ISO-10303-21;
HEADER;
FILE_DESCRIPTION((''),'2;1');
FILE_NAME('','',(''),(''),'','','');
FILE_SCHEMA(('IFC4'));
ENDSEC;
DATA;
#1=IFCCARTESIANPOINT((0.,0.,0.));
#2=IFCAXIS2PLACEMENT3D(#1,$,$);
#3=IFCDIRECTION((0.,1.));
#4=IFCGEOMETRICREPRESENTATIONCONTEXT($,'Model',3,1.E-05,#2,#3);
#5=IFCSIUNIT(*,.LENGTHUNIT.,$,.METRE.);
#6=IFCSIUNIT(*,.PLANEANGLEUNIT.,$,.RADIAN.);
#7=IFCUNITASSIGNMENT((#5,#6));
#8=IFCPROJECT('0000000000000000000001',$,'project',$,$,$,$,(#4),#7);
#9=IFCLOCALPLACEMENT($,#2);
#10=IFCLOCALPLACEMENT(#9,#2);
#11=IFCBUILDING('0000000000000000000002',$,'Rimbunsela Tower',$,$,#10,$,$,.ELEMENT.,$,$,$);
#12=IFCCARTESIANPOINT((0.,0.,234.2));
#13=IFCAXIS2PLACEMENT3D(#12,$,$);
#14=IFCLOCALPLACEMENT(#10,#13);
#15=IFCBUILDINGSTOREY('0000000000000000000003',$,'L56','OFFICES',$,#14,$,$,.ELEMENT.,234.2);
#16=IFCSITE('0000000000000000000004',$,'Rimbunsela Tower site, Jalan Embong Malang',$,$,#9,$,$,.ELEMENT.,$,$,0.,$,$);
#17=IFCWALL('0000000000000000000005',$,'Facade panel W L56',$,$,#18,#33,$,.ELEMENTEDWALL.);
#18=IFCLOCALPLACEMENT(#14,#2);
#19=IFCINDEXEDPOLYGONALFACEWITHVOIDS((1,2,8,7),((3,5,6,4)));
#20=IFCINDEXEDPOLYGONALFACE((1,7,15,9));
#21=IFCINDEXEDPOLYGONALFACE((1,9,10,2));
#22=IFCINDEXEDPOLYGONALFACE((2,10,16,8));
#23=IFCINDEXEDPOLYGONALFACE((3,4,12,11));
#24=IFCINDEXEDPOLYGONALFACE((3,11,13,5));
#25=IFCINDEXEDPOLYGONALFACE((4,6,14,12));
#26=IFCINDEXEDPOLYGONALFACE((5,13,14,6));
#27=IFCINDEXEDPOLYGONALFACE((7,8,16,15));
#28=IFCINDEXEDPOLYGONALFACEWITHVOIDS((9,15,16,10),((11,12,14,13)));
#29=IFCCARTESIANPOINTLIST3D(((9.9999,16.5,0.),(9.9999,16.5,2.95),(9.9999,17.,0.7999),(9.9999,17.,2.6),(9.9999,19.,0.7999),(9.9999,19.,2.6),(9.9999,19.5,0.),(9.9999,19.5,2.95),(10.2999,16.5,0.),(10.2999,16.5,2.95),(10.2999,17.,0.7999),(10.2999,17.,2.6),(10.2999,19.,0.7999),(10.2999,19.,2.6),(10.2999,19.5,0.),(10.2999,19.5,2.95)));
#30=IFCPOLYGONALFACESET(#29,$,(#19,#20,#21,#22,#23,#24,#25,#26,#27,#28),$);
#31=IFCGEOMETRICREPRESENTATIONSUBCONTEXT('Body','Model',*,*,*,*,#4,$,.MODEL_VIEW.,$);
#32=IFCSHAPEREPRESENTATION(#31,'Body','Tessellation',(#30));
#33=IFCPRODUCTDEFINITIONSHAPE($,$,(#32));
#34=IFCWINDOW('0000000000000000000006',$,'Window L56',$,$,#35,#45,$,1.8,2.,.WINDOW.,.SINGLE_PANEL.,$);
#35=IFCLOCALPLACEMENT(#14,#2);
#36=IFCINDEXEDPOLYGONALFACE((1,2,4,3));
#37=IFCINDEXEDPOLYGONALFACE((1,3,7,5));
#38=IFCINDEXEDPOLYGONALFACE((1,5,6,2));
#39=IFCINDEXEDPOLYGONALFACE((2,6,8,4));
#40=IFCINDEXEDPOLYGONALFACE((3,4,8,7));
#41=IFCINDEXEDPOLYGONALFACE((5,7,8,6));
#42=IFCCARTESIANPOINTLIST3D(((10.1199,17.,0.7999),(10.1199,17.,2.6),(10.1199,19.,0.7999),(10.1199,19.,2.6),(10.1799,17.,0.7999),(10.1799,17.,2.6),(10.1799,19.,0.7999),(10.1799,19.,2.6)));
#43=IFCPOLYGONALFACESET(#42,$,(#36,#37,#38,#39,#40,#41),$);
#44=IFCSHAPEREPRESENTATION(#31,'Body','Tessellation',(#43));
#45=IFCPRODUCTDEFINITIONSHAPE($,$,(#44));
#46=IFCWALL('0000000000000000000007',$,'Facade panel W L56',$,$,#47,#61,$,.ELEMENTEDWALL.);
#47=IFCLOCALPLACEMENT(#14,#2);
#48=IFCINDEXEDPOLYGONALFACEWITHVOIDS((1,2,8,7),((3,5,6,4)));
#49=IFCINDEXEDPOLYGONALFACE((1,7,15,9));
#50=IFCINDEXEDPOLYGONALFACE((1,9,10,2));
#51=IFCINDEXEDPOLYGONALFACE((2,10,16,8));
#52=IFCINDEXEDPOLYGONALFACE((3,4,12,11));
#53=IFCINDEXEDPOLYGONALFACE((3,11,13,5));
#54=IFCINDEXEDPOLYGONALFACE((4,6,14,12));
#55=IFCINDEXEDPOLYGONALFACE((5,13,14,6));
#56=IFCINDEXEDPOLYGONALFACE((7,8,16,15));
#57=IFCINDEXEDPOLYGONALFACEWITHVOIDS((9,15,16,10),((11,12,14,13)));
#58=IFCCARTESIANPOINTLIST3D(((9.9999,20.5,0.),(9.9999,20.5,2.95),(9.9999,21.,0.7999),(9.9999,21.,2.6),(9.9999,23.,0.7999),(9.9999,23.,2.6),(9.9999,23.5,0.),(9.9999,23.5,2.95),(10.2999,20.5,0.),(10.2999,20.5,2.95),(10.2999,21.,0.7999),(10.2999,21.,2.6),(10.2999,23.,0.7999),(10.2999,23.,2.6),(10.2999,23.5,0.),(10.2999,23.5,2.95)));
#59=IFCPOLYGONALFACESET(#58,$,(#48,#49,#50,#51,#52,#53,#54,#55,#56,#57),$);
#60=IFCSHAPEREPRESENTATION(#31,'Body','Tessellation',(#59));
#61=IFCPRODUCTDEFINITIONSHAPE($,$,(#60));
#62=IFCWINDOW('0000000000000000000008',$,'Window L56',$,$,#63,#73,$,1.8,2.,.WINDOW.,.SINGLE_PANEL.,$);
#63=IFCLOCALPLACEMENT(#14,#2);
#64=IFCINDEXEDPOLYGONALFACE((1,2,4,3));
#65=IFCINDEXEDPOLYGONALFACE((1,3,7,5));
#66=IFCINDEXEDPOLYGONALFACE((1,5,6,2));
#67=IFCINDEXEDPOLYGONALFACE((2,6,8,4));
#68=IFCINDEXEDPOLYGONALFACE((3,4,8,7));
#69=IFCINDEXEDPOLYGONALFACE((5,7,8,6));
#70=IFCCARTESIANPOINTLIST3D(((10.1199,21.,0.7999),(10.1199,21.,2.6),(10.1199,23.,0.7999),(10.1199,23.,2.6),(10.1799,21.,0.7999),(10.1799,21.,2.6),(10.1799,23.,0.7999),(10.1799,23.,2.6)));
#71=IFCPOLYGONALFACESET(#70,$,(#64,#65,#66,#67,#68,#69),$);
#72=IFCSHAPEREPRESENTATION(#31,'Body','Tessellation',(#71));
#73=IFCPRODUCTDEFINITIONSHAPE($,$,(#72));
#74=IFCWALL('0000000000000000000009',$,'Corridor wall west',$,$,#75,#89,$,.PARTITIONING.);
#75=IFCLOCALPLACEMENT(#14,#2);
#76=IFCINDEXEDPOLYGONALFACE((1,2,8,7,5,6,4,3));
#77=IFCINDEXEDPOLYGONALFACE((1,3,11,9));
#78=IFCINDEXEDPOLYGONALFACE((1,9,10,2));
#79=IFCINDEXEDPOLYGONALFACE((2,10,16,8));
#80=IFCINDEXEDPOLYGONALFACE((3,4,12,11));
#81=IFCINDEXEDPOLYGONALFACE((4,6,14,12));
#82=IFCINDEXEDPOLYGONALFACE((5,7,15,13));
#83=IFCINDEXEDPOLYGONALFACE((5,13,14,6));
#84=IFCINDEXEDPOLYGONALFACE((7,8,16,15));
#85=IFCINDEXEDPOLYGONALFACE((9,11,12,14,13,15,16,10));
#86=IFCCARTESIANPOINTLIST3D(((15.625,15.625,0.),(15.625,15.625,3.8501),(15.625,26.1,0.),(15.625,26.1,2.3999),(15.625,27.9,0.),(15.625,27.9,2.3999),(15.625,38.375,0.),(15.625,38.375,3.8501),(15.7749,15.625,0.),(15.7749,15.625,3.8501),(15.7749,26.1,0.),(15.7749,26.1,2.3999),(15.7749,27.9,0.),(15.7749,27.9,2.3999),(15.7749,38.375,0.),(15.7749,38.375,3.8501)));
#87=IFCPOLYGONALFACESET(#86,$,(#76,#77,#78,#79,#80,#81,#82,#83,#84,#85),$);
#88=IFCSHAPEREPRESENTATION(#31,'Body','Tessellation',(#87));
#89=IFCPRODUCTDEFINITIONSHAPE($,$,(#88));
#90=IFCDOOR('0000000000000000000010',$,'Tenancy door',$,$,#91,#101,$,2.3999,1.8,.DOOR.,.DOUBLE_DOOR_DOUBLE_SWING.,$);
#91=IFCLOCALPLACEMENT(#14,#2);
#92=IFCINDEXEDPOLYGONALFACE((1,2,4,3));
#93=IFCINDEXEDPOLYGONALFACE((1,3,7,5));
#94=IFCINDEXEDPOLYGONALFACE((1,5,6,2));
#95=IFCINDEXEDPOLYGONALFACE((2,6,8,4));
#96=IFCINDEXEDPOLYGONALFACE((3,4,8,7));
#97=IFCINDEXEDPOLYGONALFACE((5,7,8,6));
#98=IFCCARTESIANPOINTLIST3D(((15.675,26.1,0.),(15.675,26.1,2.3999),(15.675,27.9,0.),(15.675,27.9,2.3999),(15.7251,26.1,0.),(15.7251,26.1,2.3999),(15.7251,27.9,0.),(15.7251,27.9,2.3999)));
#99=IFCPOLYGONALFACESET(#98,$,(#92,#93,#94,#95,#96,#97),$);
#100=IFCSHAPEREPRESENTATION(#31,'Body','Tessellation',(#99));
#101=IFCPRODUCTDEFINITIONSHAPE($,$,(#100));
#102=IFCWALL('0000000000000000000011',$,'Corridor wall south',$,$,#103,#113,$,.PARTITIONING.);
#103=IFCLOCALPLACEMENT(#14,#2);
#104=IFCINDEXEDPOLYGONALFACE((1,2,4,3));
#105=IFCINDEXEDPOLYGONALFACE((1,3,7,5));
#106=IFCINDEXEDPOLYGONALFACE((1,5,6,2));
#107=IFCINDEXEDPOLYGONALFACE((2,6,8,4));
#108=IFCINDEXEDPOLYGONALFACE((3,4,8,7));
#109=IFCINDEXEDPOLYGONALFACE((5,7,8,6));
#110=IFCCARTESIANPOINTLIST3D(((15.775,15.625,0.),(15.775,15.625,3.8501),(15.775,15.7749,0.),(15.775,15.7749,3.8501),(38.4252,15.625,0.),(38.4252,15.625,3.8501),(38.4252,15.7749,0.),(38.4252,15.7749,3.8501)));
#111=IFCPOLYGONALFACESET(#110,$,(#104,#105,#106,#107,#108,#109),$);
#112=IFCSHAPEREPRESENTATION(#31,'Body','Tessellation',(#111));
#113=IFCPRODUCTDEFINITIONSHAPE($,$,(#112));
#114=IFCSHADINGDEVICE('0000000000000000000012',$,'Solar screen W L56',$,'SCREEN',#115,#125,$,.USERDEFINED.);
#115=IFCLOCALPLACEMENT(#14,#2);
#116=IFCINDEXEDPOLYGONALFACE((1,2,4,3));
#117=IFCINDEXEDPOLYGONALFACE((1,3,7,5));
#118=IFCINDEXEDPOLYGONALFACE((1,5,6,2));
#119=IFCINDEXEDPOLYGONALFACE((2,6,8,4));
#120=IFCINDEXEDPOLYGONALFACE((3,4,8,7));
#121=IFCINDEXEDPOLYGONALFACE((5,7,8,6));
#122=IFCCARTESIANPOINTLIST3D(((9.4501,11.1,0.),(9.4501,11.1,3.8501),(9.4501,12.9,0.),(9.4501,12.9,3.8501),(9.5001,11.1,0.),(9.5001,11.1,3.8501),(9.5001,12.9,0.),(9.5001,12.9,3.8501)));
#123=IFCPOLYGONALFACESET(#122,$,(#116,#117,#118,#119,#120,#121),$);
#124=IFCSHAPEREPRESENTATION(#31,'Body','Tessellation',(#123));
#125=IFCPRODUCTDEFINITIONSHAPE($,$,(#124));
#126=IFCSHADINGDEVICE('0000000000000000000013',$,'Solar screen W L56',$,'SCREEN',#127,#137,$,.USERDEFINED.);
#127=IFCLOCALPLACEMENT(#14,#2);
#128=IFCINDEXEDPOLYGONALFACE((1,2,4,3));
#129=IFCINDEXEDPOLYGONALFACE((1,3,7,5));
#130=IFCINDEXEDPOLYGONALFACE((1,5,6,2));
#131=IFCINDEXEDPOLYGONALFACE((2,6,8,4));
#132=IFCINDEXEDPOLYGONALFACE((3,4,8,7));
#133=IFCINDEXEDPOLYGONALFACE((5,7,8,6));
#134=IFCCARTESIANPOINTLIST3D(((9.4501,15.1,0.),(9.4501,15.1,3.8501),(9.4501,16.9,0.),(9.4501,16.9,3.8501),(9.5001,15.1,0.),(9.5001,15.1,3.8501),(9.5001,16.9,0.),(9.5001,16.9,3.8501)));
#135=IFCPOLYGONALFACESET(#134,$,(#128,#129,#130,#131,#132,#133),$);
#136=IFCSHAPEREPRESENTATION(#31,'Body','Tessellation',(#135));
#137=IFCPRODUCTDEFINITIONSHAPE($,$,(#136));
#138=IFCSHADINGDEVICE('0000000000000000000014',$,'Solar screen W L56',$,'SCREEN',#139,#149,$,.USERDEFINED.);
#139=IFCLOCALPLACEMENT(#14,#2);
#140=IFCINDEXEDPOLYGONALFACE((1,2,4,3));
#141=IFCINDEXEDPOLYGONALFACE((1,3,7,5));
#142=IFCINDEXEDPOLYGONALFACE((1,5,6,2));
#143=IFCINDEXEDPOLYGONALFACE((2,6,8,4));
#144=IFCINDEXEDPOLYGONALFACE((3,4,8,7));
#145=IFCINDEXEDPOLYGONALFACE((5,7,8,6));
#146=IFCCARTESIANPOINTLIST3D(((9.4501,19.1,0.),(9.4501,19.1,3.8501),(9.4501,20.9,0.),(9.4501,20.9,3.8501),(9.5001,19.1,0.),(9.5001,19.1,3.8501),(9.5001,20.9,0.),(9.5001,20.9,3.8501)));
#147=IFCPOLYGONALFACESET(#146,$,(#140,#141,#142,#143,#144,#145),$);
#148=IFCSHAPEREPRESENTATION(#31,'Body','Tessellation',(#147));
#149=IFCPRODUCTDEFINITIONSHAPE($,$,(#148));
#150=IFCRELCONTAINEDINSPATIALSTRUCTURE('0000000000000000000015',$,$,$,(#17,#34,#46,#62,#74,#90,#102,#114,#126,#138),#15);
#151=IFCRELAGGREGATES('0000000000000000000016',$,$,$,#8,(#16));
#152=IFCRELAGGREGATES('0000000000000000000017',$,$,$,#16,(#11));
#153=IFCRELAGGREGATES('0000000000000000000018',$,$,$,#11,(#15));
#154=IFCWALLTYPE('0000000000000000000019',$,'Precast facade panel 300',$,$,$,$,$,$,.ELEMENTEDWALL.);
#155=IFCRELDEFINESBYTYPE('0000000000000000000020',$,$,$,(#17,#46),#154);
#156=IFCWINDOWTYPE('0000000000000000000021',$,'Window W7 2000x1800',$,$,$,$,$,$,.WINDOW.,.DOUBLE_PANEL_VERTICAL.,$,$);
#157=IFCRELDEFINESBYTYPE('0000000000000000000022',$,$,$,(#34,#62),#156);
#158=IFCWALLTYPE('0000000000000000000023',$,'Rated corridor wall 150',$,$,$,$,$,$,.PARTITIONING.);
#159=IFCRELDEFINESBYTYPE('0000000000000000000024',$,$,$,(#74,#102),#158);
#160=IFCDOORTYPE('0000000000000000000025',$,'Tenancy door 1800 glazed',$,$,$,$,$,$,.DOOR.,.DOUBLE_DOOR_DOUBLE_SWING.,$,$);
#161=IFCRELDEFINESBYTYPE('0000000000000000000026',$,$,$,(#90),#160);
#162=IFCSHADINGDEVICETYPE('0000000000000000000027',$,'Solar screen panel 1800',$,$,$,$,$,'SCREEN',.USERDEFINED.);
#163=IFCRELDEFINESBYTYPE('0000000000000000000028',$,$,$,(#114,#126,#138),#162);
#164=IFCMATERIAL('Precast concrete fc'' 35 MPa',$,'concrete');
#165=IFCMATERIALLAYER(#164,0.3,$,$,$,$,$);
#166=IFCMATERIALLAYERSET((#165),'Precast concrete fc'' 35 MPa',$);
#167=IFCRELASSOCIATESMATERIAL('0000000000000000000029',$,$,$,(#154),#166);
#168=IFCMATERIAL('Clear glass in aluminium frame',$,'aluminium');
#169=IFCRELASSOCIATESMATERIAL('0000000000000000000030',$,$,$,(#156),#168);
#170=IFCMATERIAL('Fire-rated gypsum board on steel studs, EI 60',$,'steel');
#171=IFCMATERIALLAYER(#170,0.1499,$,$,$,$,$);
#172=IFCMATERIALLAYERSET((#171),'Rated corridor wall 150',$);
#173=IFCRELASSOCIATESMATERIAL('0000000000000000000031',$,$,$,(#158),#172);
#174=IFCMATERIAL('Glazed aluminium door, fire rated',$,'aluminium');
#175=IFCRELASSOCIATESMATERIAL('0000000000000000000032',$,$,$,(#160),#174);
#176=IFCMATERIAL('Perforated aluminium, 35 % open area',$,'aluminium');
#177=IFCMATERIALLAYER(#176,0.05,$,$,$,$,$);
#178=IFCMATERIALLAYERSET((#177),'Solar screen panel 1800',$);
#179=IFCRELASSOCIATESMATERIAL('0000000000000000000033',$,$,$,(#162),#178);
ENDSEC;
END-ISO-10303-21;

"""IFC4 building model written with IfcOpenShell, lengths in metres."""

from ifc_helpers import new_model, si_unit, direction, frame, frame_2d, origin, origin_2d, place, context, subcontext, project, spatial, rectangle, extrude, material, layer, layer_set, type_object, element, fill, save


model = new_model("IFC4")

# Units and contexts
model_context = context("Model", 3, precision=1e-05, world=origin(), true_north=direction((0.0, 1.0)))
body_context = subcontext(model_context, "Body", "Model", "MODEL_VIEW")
ifc_project = project(units=[si_unit("LENGTHUNIT", "METRE"), si_unit("PLANEANGLEUNIT", "RADIAN")], contexts=[model_context])

# Site, building, storey
site_placement = place(None, origin())
site = spatial("IfcSite", under=ifc_project, at=site_placement, Name="Rimbunsela Tower site, Jalan Embong Malang", CompositionType="ELEMENT", RefElevation=0.0)
building_placement = place(site_placement, origin())
building = spatial("IfcBuilding", under=site, at=building_placement, Name="Rimbunsela Tower", CompositionType="ELEMENT")
storey_placement = place(building_placement, frame((0.0, 0.0, 234.2)))
storey = spatial("IfcBuildingStorey", under=building, at=storey_placement, Name="L56", Description="OFFICES", CompositionType="ELEMENT", Elevation=234.2)

# Shared definitions
ifc_material_1 = material(Name="Precast concrete fc' 35 MPa", Category="concrete")
ifc_layer_1 = layer(ifc_material_1, 0.3)
ifc_layer_set_1 = layer_set([ifc_layer_1], Name="Precast concrete fc' 35 MPa")
wall_type_1 = type_object("IfcWallType", Name="Precast facade panel 300", PredefinedType="ELEMENTEDWALL", material=ifc_layer_set_1)

# Walls, openings, windows
ifc_material_2 = material(Name="Clear glass in aluminium frame", Category="aluminium")
window_type = type_object("IfcWindowType", Name="Window W7 2000x1800", PartitioningType="DOUBLE_PANEL_VERTICAL", PredefinedType="WINDOW", material=ifc_material_2)
wall_1_placement = place(storey_placement, frame((10.1499, 19.5, 0.0), z_axis=(0.0, 0.0, 1.0), x_axis=(0.0, -1.0, 0.0)))
wall_1 = element("IfcWall", 1, at=wall_1_placement, inside=storey, type_object=wall_type_1, Name="Facade panel W L56", PredefinedType="ELEMENTEDWALL", context=body_context, shape_type="SweptSolid", body=[
    extrude(rectangle(XDim=3.0, YDim=0.3, at=frame_2d((1.5, 0.0))), origin(), (0.0, 0.0, 1.0), 2.95),
])
opening_1_placement = place(wall_1_placement, frame((0.5, 0.0, 0.8)))
opening_1 = element("IfcOpeningElement", 2, at=opening_1_placement, cuts=wall_1, PredefinedType="OPENING", context=body_context, shape_type="SweptSolid", body=[
    extrude(rectangle(XDim=2.0, YDim=1.8, at=frame_2d((1.0, 0.8999))), frame((0.0, 0.1599, 0.0), z_axis=(0.0, -1.0, 0.0), x_axis=(1.0, 0.0, 0.0)), (0.0, 0.0, 1.0), 0.3201),
])
window_1_placement = place(opening_1_placement, origin())
window_1 = element("IfcWindow", 3, at=window_1_placement, inside=storey, type_object=window_type, Name="Window L56", OverallHeight=1.8, OverallWidth=2.0, PartitioningType="SINGLE_PANEL", PredefinedType="WINDOW", context=body_context, shape_type="SweptSolid", body=[
    extrude(rectangle(XDim=2.0, YDim=1.8, at=frame_2d((1.0, 0.8999))), frame((0.0, 0.03, 0.0), z_axis=(0.0, -1.0, 0.0), x_axis=(1.0, 0.0, 0.0)), (0.0, 0.0, 1.0), 0.0601),
])
fill(opening_1, window_1)
wall_2_placement = place(storey_placement, frame((10.1499, 23.5, 0.0), z_axis=(0.0, 0.0, 1.0), x_axis=(0.0, -1.0, 0.0)))
wall_2 = element("IfcWall", 4, at=wall_2_placement, inside=storey, type_object=wall_type_1, Name="Facade panel W L56", PredefinedType="ELEMENTEDWALL", context=body_context, shape_type="SweptSolid", body=[
    extrude(rectangle(XDim=3.0, YDim=0.3, at=frame_2d((1.5, 0.0))), origin(), (0.0, 0.0, 1.0), 2.95),
])
opening_2_placement = place(wall_2_placement, frame((0.5, 0.0, 0.8)))
opening_2 = element("IfcOpeningElement", 5, at=opening_2_placement, cuts=wall_2, PredefinedType="OPENING", context=body_context, shape_type="SweptSolid", body=[
    extrude(rectangle(XDim=2.0, YDim=1.8, at=frame_2d((1.0, 0.8999))), frame((0.0, 0.1599, 0.0), z_axis=(0.0, -1.0, 0.0), x_axis=(1.0, 0.0, 0.0)), (0.0, 0.0, 1.0), 0.3201),
])
window_2_placement = place(opening_2_placement, origin())
window_2 = element("IfcWindow", 6, at=window_2_placement, inside=storey, type_object=window_type, Name="Window L56", OverallHeight=1.8, OverallWidth=2.0, PartitioningType="SINGLE_PANEL", PredefinedType="WINDOW", context=body_context, shape_type="SweptSolid", body=[
    extrude(rectangle(XDim=2.0, YDim=1.8, at=frame_2d((1.0, 0.8999))), frame((0.0, 0.03, 0.0), z_axis=(0.0, -1.0, 0.0), x_axis=(1.0, 0.0, 0.0)), (0.0, 0.0, 1.0), 0.0601),
])
fill(opening_2, window_2)

# Wall, opening, door
ifc_material_3 = material(Name="Fire-rated gypsum board on steel studs, EI 60", Category="steel")
ifc_layer_2 = layer(ifc_material_3, 0.1499)
ifc_layer_set_2 = layer_set([ifc_layer_2], Name="Rated corridor wall 150")
wall_type_2 = type_object("IfcWallType", Name="Rated corridor wall 150", PredefinedType="PARTITIONING", material=ifc_layer_set_2)
wall_3_placement = place(storey_placement, frame((15.7, 15.625, 0.0), z_axis=(0.0, 0.0, 1.0), x_axis=(0.0, 1.0, 0.0)))
wall_3 = element("IfcWall", 7, at=wall_3_placement, inside=storey, type_object=wall_type_2, Name="Corridor wall west", PredefinedType="PARTITIONING", context=body_context, shape_type="SweptSolid", body=[
    extrude(rectangle(XDim=22.75, YDim=0.1499, at=frame_2d((11.375, 0.0))), origin(), (0.0, 0.0, 1.0), 3.8501),
])
opening_3_placement = place(wall_3_placement, frame((10.4751, 0.0, 0.0)))
opening_3 = element("IfcOpeningElement", 8, at=opening_3_placement, cuts=wall_3, PredefinedType="OPENING", context=body_context, shape_type="SweptSolid", body=[
    extrude(rectangle(XDim=1.8, YDim=2.3999, at=frame_2d((0.8999, 1.2))), frame((0.0, 0.085, 0.0), z_axis=(0.0, -1.0, 0.0), x_axis=(1.0, 0.0, 0.0)), (0.0, 0.0, 1.0), 0.1699),
])
ifc_material_4 = material(Name="Glazed aluminium door, fire rated", Category="aluminium")
door_type_1 = type_object("IfcDoorType", Name="Tenancy door 1800 glazed", OperationType="DOUBLE_DOOR_DOUBLE_SWING", PredefinedType="DOOR", material=ifc_material_4)
door_1_placement = place(opening_3_placement, origin())
door_1 = element("IfcDoor", 9, at=door_1_placement, inside=storey, type_object=door_type_1, Name="Tenancy door", OperationType="DOUBLE_DOOR_DOUBLE_SWING", OverallHeight=2.3999, OverallWidth=1.8, PredefinedType="DOOR", context=body_context, shape_type="SweptSolid", body=[
    extrude(rectangle(XDim=1.8, YDim=2.3999, at=frame_2d((0.8999, 1.2))), frame((0.0, 0.0249, 0.0), z_axis=(0.0, -1.0, 0.0), x_axis=(1.0, 0.0, 0.0)), (0.0, 0.0, 1.0), 0.05),
])
fill(opening_3, door_1)

# Wall
wall_4_placement = place(storey_placement, frame((15.7749, 15.7, 0.0), z_axis=(0.0, 0.0, 1.0), x_axis=(1.0, 0.0, 0.0)))
element("IfcWall", 10, at=wall_4_placement, inside=storey, type_object=wall_type_2, Name="Corridor wall south", PredefinedType="PARTITIONING", context=body_context, shape_type="SweptSolid", body=[
    extrude(rectangle(XDim=22.6501, YDim=0.1499, at=frame_2d((11.3252, 0.0))), origin(), (0.0, 0.0, 1.0), 3.8501),
])

# Shading devices
ifc_material_5 = material(Name="Perforated aluminium, 35 % open area", Category="aluminium")
ifc_layer_3 = layer(ifc_material_5, 0.05)
ifc_layer_set_3 = layer_set([ifc_layer_3], Name="Solar screen panel 1800")
shading_device_type = type_object("IfcShadingDeviceType", Name="Solar screen panel 1800", ElementType="SCREEN", PredefinedType="USERDEFINED", material=ifc_layer_set_3)
for number, where, z_axis, x_axis, name in (
    (11, (9.4751, 12.0, 0.0), (0.0, 0.0, 1.0), (0.0, 1.0, 0.0), "Solar screen W L56"),
    (12, (9.4751, 16.0, 0.0), (0.0, 0.0, 1.0), (0.0, 1.0, 0.0), "Solar screen W L56"),
    (13, (9.4751, 20.0, 0.0), (0.0, 0.0, 1.0), (0.0, 1.0, 0.0), "Solar screen W L56"),
):
    element("IfcShadingDevice", number, at=place(storey_placement, frame(where, z_axis=z_axis, x_axis=x_axis)), inside=storey, type_object=shading_device_type, Name=name, ObjectType="SCREEN", PredefinedType="USERDEFINED", context=body_context, shape_type="SweptSolid", body=[
        extrude(rectangle(XDim=1.8, YDim=0.05, at=origin_2d()), origin(), (0.0, 0.0, 1.0), 3.8501),
    ])

save(model, "model.ifc")
